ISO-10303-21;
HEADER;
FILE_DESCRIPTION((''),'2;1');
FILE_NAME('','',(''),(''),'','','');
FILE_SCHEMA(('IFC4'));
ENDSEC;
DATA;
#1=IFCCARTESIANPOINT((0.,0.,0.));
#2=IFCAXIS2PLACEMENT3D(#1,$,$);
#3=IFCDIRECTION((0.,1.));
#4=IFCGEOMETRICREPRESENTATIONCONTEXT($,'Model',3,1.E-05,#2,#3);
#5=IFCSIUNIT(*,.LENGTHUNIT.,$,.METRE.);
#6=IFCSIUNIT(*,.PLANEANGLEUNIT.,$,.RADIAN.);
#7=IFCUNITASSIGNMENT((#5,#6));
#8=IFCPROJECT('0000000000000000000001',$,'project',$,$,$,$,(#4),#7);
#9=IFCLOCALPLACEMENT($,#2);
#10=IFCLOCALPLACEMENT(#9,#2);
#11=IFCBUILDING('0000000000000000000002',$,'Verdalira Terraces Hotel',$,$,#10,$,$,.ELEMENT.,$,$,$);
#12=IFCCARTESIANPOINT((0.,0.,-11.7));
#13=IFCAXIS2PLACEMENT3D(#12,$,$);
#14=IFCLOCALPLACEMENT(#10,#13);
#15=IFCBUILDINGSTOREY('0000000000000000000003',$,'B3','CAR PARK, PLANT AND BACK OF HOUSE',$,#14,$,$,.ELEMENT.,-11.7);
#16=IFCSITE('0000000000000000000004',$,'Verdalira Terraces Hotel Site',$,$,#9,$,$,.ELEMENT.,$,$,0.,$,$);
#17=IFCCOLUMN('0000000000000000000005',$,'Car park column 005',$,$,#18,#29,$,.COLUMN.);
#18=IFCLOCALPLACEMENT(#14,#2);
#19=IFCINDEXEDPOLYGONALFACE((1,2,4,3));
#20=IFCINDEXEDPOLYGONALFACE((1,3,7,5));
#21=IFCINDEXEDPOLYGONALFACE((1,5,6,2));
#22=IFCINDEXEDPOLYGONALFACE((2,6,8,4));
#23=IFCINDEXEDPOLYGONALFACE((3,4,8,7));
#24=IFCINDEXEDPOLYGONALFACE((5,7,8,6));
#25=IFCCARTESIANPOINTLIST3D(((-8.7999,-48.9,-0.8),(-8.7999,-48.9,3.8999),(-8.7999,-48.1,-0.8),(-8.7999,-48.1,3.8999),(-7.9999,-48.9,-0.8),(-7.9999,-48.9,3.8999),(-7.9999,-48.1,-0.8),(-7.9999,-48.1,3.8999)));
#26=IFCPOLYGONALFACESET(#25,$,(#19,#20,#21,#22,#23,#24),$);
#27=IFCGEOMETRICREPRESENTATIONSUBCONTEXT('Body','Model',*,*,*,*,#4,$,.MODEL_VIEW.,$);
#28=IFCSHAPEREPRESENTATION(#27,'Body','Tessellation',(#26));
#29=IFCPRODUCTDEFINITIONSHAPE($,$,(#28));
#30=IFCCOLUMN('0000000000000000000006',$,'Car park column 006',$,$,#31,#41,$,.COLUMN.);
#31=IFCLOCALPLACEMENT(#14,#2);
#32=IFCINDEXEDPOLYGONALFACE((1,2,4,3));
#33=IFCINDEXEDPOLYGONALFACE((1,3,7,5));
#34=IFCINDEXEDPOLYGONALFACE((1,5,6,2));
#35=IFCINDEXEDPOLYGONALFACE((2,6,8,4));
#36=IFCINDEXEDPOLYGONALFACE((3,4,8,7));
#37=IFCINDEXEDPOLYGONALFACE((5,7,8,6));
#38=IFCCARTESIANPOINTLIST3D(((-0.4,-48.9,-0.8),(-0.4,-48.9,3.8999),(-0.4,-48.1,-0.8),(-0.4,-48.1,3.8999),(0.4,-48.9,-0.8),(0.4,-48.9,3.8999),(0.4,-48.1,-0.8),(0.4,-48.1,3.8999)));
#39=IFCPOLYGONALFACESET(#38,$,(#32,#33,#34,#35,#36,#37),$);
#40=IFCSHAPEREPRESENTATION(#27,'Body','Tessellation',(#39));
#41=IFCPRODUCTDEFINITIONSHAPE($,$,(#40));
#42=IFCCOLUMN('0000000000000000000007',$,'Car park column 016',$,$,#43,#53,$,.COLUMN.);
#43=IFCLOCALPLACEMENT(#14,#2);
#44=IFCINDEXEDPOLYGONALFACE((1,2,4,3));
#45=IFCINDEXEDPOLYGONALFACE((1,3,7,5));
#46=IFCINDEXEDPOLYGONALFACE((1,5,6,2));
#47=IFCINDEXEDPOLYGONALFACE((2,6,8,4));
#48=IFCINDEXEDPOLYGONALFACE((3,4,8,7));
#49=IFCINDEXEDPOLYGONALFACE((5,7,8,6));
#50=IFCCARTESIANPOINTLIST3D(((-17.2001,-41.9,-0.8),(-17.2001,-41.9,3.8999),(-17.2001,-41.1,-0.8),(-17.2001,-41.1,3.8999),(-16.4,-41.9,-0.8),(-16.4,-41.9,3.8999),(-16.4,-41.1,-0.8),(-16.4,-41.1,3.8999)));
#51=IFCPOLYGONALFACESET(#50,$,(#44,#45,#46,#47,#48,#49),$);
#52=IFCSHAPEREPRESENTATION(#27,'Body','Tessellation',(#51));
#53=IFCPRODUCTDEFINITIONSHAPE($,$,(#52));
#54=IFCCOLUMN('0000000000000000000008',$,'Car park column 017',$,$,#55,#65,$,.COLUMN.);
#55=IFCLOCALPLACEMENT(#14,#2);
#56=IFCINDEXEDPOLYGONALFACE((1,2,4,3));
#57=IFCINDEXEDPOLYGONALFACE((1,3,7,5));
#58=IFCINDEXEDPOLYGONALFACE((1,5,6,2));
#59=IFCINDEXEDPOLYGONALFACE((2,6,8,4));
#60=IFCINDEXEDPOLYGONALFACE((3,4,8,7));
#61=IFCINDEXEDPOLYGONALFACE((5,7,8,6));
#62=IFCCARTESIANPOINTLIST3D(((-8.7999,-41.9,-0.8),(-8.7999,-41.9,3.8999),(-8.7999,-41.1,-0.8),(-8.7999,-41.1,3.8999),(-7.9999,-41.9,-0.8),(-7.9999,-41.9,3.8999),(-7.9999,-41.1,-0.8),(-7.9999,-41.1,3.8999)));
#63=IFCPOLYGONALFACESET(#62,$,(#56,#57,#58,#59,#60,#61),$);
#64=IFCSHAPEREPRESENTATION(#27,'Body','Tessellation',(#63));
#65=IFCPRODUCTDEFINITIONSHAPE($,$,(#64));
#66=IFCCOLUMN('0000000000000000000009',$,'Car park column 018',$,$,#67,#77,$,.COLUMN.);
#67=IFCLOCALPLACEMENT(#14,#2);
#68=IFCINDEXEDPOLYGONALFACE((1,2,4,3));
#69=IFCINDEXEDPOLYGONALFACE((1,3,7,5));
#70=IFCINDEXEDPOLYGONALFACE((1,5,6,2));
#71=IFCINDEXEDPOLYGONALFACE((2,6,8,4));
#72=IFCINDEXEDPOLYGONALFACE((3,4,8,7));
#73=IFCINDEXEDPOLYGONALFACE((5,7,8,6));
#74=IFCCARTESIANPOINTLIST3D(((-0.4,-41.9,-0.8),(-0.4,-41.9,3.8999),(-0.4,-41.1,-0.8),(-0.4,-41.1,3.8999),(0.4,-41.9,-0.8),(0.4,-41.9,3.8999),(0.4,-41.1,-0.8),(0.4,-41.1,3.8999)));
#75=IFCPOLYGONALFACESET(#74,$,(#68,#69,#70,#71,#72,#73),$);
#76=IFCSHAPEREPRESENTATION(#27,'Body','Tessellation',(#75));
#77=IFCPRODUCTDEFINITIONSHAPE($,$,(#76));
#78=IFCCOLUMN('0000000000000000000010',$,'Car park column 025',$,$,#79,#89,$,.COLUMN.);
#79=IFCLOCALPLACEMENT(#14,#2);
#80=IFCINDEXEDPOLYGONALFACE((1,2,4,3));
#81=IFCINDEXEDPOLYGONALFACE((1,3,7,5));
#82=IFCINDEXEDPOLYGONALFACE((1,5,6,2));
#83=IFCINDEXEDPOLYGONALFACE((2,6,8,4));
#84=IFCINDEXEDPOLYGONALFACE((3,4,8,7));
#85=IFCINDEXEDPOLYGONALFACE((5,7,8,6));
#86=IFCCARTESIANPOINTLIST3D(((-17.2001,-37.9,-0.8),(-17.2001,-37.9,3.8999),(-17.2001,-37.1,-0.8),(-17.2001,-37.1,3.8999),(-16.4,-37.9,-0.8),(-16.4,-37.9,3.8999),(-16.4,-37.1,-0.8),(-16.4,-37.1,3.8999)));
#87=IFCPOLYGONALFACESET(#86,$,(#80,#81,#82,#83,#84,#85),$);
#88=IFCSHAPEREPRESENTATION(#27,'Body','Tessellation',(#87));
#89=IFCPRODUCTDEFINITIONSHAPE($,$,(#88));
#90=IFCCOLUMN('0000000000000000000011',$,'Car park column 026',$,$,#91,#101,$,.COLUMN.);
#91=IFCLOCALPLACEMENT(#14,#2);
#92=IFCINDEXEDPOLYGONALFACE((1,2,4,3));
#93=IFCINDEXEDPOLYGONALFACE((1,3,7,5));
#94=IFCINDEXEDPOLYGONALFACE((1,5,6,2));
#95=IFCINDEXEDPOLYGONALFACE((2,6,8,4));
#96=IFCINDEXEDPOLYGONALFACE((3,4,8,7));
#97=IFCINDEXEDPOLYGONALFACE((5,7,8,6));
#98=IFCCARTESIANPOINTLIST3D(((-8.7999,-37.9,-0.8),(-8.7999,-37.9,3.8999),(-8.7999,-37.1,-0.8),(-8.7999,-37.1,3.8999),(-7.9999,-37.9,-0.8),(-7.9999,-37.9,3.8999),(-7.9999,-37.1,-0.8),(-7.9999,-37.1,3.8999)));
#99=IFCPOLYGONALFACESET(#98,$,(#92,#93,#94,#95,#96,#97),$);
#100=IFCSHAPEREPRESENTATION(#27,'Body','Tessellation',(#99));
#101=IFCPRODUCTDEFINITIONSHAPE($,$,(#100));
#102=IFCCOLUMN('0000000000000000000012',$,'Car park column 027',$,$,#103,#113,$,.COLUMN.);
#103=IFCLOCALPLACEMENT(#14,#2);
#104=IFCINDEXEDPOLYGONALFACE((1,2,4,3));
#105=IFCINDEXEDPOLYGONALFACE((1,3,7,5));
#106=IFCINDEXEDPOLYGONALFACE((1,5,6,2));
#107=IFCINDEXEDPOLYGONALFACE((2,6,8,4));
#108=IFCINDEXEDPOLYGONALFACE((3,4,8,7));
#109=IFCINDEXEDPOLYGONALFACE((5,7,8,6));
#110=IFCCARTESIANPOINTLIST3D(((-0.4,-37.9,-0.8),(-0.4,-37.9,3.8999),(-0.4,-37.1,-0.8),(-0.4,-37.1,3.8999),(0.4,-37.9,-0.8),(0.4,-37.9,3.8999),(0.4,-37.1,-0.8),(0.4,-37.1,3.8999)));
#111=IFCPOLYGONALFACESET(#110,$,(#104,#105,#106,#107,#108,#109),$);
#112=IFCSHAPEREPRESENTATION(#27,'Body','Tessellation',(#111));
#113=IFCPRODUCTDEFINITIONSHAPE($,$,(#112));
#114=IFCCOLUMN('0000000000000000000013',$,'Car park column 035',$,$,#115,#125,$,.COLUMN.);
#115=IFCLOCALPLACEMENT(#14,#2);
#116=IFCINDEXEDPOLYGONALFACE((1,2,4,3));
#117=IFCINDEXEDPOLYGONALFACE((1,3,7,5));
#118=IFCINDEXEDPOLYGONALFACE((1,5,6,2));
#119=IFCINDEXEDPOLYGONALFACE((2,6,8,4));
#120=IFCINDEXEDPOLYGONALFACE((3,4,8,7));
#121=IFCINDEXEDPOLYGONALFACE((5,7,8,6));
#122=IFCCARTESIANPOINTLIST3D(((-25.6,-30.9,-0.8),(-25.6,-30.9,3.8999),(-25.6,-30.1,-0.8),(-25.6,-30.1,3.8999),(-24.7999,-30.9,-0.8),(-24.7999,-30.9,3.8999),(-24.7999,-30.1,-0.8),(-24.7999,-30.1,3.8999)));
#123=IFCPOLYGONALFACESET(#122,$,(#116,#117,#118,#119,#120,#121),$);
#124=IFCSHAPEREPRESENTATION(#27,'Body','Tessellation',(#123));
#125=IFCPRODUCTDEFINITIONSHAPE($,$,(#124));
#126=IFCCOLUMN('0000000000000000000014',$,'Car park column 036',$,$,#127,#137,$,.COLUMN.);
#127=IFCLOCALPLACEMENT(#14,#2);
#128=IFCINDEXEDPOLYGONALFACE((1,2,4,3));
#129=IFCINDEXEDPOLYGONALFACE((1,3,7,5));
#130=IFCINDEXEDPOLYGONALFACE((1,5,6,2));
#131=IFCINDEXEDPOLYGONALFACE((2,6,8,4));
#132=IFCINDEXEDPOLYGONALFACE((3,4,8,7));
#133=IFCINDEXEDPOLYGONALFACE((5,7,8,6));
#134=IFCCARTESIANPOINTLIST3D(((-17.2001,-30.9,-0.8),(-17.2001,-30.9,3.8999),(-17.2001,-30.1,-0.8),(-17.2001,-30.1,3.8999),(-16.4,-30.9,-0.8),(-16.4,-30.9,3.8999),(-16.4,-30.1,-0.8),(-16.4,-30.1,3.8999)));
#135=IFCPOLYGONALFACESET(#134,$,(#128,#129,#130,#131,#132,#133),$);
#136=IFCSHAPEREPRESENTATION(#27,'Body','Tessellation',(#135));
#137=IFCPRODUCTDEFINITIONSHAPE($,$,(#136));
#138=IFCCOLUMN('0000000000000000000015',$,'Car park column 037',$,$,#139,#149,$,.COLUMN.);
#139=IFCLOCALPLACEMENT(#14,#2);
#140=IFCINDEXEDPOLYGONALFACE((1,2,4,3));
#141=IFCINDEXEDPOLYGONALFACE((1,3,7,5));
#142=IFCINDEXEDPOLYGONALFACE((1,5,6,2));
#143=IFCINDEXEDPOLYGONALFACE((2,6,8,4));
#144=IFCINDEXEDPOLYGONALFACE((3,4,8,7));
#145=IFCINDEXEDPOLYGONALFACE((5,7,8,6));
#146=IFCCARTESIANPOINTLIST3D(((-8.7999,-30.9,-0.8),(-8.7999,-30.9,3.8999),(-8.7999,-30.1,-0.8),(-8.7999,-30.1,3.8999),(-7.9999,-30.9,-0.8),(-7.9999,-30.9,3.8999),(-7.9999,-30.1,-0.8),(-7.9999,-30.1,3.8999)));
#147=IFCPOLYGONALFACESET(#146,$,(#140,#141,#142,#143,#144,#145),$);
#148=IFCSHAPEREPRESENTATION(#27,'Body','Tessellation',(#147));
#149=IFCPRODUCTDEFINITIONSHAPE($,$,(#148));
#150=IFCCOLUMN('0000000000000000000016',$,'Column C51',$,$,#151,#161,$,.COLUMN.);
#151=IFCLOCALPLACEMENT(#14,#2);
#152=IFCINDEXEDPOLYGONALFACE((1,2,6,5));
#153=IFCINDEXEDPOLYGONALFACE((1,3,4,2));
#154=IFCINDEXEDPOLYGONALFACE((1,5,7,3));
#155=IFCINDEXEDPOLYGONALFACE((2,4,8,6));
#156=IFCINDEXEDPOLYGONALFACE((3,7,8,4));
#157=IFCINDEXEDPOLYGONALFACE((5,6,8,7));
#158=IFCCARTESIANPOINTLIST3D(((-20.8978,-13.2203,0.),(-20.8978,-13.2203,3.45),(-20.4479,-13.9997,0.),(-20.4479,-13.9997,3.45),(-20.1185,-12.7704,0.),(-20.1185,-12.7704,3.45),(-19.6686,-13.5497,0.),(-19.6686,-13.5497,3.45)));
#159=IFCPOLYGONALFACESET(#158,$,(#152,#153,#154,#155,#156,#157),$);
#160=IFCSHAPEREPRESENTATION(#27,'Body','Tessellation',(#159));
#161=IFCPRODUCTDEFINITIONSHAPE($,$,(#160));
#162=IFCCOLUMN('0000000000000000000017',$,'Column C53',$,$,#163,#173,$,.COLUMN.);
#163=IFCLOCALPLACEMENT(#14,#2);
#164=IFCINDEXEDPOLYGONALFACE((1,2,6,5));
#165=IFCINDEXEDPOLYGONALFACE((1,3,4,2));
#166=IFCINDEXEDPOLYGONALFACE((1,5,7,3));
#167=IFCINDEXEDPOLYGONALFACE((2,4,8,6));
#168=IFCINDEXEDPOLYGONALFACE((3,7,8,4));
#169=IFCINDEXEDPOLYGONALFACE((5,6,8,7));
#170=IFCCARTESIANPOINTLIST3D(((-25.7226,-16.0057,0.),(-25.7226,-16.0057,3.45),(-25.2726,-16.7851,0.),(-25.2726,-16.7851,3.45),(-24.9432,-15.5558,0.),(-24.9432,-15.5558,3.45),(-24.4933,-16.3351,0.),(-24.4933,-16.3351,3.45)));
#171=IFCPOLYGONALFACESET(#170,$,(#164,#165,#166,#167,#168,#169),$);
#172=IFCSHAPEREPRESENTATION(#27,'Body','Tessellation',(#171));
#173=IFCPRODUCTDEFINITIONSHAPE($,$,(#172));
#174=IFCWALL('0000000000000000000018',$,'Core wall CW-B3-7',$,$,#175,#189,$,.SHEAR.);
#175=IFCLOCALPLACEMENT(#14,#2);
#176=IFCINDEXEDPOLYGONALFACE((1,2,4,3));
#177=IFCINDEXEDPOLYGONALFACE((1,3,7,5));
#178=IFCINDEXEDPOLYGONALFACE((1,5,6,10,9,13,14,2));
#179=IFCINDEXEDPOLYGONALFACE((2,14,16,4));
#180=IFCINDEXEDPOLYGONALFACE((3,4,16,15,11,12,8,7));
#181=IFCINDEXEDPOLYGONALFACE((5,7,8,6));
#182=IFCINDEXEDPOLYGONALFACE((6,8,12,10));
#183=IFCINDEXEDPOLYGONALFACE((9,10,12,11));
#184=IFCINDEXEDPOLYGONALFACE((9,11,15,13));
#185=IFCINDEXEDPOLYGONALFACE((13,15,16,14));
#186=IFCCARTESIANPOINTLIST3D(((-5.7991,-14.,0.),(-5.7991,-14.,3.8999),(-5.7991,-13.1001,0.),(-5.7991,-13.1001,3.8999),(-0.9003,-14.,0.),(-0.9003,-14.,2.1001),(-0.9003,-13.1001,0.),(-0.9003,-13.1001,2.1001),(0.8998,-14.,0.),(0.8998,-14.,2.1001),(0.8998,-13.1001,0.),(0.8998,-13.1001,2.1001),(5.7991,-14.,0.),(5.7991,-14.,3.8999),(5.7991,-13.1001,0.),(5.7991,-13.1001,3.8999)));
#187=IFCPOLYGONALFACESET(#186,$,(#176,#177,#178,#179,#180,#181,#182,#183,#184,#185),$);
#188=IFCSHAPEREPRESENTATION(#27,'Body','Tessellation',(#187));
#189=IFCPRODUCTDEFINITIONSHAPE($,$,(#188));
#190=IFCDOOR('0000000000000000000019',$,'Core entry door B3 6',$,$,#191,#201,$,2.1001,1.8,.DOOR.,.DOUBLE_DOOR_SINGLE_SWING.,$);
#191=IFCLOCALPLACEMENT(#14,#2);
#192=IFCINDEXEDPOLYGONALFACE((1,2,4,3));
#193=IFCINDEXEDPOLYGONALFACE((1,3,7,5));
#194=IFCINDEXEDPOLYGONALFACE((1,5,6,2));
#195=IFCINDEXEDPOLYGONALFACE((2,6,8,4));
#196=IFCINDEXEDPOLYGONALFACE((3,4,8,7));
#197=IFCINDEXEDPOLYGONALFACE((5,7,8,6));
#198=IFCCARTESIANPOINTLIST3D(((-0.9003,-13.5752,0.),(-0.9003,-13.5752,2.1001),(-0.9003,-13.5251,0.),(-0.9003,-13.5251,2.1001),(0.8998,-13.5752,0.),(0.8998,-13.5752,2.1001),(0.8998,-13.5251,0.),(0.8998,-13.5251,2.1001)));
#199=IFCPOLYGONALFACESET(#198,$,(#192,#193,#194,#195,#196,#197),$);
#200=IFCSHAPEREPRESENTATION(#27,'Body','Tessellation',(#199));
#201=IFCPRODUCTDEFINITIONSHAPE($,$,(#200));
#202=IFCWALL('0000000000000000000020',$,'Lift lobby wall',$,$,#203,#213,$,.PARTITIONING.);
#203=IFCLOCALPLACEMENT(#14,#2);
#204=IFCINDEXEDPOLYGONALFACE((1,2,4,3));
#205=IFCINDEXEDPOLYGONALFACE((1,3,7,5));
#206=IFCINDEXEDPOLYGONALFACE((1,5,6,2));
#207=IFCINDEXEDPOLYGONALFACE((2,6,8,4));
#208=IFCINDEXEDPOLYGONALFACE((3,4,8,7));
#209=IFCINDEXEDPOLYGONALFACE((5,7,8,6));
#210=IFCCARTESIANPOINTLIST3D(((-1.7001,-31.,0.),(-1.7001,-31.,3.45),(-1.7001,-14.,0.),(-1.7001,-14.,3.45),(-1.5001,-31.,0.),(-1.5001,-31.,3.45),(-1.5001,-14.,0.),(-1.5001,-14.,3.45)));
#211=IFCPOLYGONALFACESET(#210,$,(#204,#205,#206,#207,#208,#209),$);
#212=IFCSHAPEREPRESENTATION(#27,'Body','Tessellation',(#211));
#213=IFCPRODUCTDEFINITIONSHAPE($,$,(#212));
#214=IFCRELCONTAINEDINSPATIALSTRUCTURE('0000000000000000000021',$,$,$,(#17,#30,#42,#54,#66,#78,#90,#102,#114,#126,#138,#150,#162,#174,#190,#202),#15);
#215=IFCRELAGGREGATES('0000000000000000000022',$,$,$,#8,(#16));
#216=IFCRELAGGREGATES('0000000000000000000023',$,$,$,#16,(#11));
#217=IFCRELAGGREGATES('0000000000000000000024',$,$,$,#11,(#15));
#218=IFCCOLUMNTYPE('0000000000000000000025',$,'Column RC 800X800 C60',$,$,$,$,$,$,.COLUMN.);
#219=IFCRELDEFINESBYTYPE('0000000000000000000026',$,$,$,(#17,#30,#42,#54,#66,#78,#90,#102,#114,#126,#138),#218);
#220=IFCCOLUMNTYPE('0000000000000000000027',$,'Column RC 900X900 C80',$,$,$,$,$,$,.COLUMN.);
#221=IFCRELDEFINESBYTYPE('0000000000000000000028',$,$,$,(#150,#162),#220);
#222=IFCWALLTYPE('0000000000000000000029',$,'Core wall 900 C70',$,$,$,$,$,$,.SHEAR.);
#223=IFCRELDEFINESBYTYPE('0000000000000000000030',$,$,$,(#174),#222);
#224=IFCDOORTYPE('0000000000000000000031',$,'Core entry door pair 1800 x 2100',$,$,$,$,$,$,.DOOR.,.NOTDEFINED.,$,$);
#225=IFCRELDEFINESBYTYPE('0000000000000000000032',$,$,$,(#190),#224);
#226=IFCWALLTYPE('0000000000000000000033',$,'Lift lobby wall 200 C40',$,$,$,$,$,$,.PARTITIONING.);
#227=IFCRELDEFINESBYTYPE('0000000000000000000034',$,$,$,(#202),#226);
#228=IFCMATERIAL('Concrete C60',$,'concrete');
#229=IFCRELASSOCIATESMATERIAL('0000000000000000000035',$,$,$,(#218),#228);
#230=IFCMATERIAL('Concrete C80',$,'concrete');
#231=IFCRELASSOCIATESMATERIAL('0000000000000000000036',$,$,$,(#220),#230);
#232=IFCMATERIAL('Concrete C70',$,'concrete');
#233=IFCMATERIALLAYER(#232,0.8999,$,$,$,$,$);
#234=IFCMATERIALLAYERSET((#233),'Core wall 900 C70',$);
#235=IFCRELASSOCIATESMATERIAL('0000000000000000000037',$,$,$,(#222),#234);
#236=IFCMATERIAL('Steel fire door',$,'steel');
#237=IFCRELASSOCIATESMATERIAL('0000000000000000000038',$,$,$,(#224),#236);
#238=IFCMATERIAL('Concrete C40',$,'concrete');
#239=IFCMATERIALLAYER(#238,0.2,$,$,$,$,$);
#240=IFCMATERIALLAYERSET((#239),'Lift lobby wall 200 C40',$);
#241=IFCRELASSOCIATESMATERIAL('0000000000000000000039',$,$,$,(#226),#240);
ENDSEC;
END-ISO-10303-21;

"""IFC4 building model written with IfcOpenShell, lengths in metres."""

from ifc_helpers import new_model, si_unit, direction, frame, frame_2d, origin, origin_2d, place, context, subcontext, project, spatial, rectangle, extrude, material, layer, layer_set, material_profile, profile_set, type_object, element, fill, save


model = new_model("IFC4")

# Units and contexts
model_context = context("Model", 3, precision=1e-05, world=origin(), true_north=direction((0.0, 1.0)))
body_context = subcontext(model_context, "Body", "Model", "MODEL_VIEW")
ifc_project = project(units=[si_unit("LENGTHUNIT", "METRE"), si_unit("PLANEANGLEUNIT", "RADIAN")], contexts=[model_context])

# Site, building, storey
site_placement = place(None, origin())
site = spatial("IfcSite", under=ifc_project, at=site_placement, Name="Verdalira Terraces Hotel Site", CompositionType="ELEMENT", RefElevation=0.0)
building_placement = place(site_placement, origin())
building = spatial("IfcBuilding", under=site, at=building_placement, Name="Verdalira Terraces Hotel", CompositionType="ELEMENT")
storey_placement = place(building_placement, frame((0.0, 0.0, -11.7)))
storey = spatial("IfcBuildingStorey", under=building, at=storey_placement, Name="B3", Description="CAR PARK, PLANT AND BACK OF HOUSE", CompositionType="ELEMENT", Elevation=-11.7)

# Columns
ifc_material_1 = material(Name="Concrete C60", Category="concrete")
ifc_material_profile_1 = material_profile(ifc_material_1, rectangle(XDim=0.8, YDim=0.8, at=origin_2d()), Name="RC 800X800")
ifc_profile_set_1 = profile_set([ifc_material_profile_1], Name="Concrete C60")
column_type_1 = type_object("IfcColumnType", Name="Column RC 800X800 C60", PredefinedType="COLUMN", material=ifc_profile_set_1)
for number, where, z_axis, x_axis, name in (
    (1, (-8.3999, -48.5, -0.8), (0.0, 0.0, 1.0), (1.0, 0.0, 0.0), "Car park column 005"),
    (2, (0.0, -48.5, -0.8), (0.0, 0.0, 1.0), (1.0, 0.0, 0.0), "Car park column 006"),
    (3, (-16.8, -41.5, -0.8), (0.0, 0.0, 1.0), (1.0, 0.0, 0.0), "Car park column 016"),
    (4, (-8.3999, -41.5, -0.8), (0.0, 0.0, 1.0), (1.0, 0.0, 0.0), "Car park column 017"),
    (5, (0.0, -41.5, -0.8), (0.0, 0.0, 1.0), (1.0, 0.0, 0.0), "Car park column 018"),
    (6, (-16.8, -37.5, -0.8), (0.0, 0.0, 1.0), (1.0, 0.0, 0.0), "Car park column 025"),
    (7, (-8.3999, -37.5, -0.8), (0.0, 0.0, 1.0), (1.0, 0.0, 0.0), "Car park column 026"),
    (8, (0.0, -37.5, -0.8), (0.0, 0.0, 1.0), (1.0, 0.0, 0.0), "Car park column 027"),
    (9, (-25.2, -30.5, -0.8), (0.0, 0.0, 1.0), (1.0, 0.0, 0.0), "Car park column 035"),
    (10, (-16.8, -30.5, -0.8), (0.0, 0.0, 1.0), (1.0, 0.0, 0.0), "Car park column 036"),
    (11, (-8.3999, -30.5, -0.8), (0.0, 0.0, 1.0), (1.0, 0.0, 0.0), "Car park column 037"),
):
    element("IfcColumn", number, at=place(storey_placement, frame(where, z_axis=z_axis, x_axis=x_axis)), inside=storey, type_object=column_type_1, Name=name, PredefinedType="COLUMN", context=body_context, shape_type="SweptSolid", body=[
        extrude(rectangle(XDim=0.8, YDim=0.8, at=origin_2d()), origin(), (0.0, 0.0, 1.0), 4.7),
    ])
ifc_material_2 = material(Name="Concrete C80", Category="concrete")
ifc_material_profile_2 = material_profile(ifc_material_2, rectangle(XDim=0.8999, YDim=0.8999, at=origin_2d()), Name="RC 900X900")
ifc_profile_set_2 = profile_set([ifc_material_profile_2], Name="Concrete C80")
column_type_2 = type_object("IfcColumnType", Name="Column RC 900X900 C80", PredefinedType="COLUMN", material=ifc_profile_set_2)
for number, where, z_axis, x_axis, name in (
    (12, (-20.2832, -13.385, 0.0), (0.0, 0.0, 1.0), (-0.866025, -0.5, 0.0), "Column C51"),
    (13, (-25.1079, -16.1704, 0.0), (0.0, 0.0, 1.0), (-0.866025, -0.5, 0.0), "Column C53"),
):
    element("IfcColumn", number, at=place(storey_placement, frame(where, z_axis=z_axis, x_axis=x_axis)), inside=storey, type_object=column_type_2, Name=name, PredefinedType="COLUMN", context=body_context, shape_type="SweptSolid", body=[
        extrude(rectangle(XDim=0.8999, YDim=0.8999, at=origin_2d()), origin(), (0.0, 0.0, 1.0), 3.45),
    ])

# Wall, opening, door
ifc_material_3 = material(Name="Concrete C70", Category="concrete")
ifc_layer_1 = layer(ifc_material_3, 0.8999)
ifc_layer_set_1 = layer_set([ifc_layer_1], Name="Core wall 900 C70")
wall_type_1 = type_object("IfcWallType", Name="Core wall 900 C70", PredefinedType="SHEAR", material=ifc_layer_set_1)
wall_1_placement = place(storey_placement, frame((-5.7991, -13.55, 0.0), z_axis=(0.0, 0.0, 1.0), x_axis=(1.0, 0.0, 0.0)))
wall_1 = element("IfcWall", 14, at=wall_1_placement, inside=storey, type_object=wall_type_1, Name="Core wall CW-B3-7", PredefinedType="SHEAR", context=body_context, shape_type="SweptSolid", body=[
    extrude(rectangle(XDim=11.5981, YDim=0.8999, at=frame_2d((5.7991, 0.0))), origin(), (0.0, 0.0, 1.0), 3.8999),
])
opening_1_placement = place(wall_1_placement, frame((4.8989, 0.0, 0.0)))
opening_1 = element("IfcOpeningElement", 15, at=opening_1_placement, cuts=wall_1, PredefinedType="OPENING", context=body_context, shape_type="SweptSolid", body=[
    extrude(rectangle(XDim=1.8, YDim=2.1001, at=frame_2d((0.8999, 1.05))), frame((0.0, 0.46, 0.0), z_axis=(0.0, -1.0, 0.0), x_axis=(1.0, 0.0, 0.0)), (0.0, 0.0, 1.0), 0.9199),
])
ifc_material_4 = material(Name="Steel fire door", Category="steel")
door_type_1 = type_object("IfcDoorType", Name="Core entry door pair 1800 x 2100", OperationType="NOTDEFINED", PredefinedType="DOOR", material=ifc_material_4)
door_1_placement = place(opening_1_placement, origin())
door_1 = element("IfcDoor", 16, at=door_1_placement, inside=storey, type_object=door_type_1, Name="Core entry door B3 6", OperationType="DOUBLE_DOOR_SINGLE_SWING", OverallHeight=2.1001, OverallWidth=1.8, PredefinedType="DOOR", context=body_context, shape_type="SweptSolid", body=[
    extrude(rectangle(XDim=1.8, YDim=2.1001, at=frame_2d((0.8999, 1.05))), frame((0.0, 0.0249, 0.0), z_axis=(0.0, -1.0, 0.0), x_axis=(1.0, 0.0, 0.0)), (0.0, 0.0, 1.0), 0.05),
])
fill(opening_1, door_1)

# Wall
ifc_material_5 = material(Name="Concrete C40", Category="concrete")
ifc_layer_2 = layer(ifc_material_5, 0.2)
ifc_layer_set_2 = layer_set([ifc_layer_2], Name="Lift lobby wall 200 C40")
wall_type_2 = type_object("IfcWallType", Name="Lift lobby wall 200 C40", PredefinedType="PARTITIONING", material=ifc_layer_set_2)
wall_2_placement = place(storey_placement, frame((-1.6001, -31.0, 0.0), z_axis=(0.0, 0.0, 1.0), x_axis=(0.0, 1.0, 0.0)))
element("IfcWall", 17, at=wall_2_placement, inside=storey, type_object=wall_type_2, Name="Lift lobby wall", PredefinedType="PARTITIONING", context=body_context, shape_type="SweptSolid", body=[
    extrude(rectangle(XDim=17.0, YDim=0.2, at=frame_2d((8.5, 0.0))), origin(), (0.0, 0.0, 1.0), 3.45),
])

save(model, "model.ifc")
